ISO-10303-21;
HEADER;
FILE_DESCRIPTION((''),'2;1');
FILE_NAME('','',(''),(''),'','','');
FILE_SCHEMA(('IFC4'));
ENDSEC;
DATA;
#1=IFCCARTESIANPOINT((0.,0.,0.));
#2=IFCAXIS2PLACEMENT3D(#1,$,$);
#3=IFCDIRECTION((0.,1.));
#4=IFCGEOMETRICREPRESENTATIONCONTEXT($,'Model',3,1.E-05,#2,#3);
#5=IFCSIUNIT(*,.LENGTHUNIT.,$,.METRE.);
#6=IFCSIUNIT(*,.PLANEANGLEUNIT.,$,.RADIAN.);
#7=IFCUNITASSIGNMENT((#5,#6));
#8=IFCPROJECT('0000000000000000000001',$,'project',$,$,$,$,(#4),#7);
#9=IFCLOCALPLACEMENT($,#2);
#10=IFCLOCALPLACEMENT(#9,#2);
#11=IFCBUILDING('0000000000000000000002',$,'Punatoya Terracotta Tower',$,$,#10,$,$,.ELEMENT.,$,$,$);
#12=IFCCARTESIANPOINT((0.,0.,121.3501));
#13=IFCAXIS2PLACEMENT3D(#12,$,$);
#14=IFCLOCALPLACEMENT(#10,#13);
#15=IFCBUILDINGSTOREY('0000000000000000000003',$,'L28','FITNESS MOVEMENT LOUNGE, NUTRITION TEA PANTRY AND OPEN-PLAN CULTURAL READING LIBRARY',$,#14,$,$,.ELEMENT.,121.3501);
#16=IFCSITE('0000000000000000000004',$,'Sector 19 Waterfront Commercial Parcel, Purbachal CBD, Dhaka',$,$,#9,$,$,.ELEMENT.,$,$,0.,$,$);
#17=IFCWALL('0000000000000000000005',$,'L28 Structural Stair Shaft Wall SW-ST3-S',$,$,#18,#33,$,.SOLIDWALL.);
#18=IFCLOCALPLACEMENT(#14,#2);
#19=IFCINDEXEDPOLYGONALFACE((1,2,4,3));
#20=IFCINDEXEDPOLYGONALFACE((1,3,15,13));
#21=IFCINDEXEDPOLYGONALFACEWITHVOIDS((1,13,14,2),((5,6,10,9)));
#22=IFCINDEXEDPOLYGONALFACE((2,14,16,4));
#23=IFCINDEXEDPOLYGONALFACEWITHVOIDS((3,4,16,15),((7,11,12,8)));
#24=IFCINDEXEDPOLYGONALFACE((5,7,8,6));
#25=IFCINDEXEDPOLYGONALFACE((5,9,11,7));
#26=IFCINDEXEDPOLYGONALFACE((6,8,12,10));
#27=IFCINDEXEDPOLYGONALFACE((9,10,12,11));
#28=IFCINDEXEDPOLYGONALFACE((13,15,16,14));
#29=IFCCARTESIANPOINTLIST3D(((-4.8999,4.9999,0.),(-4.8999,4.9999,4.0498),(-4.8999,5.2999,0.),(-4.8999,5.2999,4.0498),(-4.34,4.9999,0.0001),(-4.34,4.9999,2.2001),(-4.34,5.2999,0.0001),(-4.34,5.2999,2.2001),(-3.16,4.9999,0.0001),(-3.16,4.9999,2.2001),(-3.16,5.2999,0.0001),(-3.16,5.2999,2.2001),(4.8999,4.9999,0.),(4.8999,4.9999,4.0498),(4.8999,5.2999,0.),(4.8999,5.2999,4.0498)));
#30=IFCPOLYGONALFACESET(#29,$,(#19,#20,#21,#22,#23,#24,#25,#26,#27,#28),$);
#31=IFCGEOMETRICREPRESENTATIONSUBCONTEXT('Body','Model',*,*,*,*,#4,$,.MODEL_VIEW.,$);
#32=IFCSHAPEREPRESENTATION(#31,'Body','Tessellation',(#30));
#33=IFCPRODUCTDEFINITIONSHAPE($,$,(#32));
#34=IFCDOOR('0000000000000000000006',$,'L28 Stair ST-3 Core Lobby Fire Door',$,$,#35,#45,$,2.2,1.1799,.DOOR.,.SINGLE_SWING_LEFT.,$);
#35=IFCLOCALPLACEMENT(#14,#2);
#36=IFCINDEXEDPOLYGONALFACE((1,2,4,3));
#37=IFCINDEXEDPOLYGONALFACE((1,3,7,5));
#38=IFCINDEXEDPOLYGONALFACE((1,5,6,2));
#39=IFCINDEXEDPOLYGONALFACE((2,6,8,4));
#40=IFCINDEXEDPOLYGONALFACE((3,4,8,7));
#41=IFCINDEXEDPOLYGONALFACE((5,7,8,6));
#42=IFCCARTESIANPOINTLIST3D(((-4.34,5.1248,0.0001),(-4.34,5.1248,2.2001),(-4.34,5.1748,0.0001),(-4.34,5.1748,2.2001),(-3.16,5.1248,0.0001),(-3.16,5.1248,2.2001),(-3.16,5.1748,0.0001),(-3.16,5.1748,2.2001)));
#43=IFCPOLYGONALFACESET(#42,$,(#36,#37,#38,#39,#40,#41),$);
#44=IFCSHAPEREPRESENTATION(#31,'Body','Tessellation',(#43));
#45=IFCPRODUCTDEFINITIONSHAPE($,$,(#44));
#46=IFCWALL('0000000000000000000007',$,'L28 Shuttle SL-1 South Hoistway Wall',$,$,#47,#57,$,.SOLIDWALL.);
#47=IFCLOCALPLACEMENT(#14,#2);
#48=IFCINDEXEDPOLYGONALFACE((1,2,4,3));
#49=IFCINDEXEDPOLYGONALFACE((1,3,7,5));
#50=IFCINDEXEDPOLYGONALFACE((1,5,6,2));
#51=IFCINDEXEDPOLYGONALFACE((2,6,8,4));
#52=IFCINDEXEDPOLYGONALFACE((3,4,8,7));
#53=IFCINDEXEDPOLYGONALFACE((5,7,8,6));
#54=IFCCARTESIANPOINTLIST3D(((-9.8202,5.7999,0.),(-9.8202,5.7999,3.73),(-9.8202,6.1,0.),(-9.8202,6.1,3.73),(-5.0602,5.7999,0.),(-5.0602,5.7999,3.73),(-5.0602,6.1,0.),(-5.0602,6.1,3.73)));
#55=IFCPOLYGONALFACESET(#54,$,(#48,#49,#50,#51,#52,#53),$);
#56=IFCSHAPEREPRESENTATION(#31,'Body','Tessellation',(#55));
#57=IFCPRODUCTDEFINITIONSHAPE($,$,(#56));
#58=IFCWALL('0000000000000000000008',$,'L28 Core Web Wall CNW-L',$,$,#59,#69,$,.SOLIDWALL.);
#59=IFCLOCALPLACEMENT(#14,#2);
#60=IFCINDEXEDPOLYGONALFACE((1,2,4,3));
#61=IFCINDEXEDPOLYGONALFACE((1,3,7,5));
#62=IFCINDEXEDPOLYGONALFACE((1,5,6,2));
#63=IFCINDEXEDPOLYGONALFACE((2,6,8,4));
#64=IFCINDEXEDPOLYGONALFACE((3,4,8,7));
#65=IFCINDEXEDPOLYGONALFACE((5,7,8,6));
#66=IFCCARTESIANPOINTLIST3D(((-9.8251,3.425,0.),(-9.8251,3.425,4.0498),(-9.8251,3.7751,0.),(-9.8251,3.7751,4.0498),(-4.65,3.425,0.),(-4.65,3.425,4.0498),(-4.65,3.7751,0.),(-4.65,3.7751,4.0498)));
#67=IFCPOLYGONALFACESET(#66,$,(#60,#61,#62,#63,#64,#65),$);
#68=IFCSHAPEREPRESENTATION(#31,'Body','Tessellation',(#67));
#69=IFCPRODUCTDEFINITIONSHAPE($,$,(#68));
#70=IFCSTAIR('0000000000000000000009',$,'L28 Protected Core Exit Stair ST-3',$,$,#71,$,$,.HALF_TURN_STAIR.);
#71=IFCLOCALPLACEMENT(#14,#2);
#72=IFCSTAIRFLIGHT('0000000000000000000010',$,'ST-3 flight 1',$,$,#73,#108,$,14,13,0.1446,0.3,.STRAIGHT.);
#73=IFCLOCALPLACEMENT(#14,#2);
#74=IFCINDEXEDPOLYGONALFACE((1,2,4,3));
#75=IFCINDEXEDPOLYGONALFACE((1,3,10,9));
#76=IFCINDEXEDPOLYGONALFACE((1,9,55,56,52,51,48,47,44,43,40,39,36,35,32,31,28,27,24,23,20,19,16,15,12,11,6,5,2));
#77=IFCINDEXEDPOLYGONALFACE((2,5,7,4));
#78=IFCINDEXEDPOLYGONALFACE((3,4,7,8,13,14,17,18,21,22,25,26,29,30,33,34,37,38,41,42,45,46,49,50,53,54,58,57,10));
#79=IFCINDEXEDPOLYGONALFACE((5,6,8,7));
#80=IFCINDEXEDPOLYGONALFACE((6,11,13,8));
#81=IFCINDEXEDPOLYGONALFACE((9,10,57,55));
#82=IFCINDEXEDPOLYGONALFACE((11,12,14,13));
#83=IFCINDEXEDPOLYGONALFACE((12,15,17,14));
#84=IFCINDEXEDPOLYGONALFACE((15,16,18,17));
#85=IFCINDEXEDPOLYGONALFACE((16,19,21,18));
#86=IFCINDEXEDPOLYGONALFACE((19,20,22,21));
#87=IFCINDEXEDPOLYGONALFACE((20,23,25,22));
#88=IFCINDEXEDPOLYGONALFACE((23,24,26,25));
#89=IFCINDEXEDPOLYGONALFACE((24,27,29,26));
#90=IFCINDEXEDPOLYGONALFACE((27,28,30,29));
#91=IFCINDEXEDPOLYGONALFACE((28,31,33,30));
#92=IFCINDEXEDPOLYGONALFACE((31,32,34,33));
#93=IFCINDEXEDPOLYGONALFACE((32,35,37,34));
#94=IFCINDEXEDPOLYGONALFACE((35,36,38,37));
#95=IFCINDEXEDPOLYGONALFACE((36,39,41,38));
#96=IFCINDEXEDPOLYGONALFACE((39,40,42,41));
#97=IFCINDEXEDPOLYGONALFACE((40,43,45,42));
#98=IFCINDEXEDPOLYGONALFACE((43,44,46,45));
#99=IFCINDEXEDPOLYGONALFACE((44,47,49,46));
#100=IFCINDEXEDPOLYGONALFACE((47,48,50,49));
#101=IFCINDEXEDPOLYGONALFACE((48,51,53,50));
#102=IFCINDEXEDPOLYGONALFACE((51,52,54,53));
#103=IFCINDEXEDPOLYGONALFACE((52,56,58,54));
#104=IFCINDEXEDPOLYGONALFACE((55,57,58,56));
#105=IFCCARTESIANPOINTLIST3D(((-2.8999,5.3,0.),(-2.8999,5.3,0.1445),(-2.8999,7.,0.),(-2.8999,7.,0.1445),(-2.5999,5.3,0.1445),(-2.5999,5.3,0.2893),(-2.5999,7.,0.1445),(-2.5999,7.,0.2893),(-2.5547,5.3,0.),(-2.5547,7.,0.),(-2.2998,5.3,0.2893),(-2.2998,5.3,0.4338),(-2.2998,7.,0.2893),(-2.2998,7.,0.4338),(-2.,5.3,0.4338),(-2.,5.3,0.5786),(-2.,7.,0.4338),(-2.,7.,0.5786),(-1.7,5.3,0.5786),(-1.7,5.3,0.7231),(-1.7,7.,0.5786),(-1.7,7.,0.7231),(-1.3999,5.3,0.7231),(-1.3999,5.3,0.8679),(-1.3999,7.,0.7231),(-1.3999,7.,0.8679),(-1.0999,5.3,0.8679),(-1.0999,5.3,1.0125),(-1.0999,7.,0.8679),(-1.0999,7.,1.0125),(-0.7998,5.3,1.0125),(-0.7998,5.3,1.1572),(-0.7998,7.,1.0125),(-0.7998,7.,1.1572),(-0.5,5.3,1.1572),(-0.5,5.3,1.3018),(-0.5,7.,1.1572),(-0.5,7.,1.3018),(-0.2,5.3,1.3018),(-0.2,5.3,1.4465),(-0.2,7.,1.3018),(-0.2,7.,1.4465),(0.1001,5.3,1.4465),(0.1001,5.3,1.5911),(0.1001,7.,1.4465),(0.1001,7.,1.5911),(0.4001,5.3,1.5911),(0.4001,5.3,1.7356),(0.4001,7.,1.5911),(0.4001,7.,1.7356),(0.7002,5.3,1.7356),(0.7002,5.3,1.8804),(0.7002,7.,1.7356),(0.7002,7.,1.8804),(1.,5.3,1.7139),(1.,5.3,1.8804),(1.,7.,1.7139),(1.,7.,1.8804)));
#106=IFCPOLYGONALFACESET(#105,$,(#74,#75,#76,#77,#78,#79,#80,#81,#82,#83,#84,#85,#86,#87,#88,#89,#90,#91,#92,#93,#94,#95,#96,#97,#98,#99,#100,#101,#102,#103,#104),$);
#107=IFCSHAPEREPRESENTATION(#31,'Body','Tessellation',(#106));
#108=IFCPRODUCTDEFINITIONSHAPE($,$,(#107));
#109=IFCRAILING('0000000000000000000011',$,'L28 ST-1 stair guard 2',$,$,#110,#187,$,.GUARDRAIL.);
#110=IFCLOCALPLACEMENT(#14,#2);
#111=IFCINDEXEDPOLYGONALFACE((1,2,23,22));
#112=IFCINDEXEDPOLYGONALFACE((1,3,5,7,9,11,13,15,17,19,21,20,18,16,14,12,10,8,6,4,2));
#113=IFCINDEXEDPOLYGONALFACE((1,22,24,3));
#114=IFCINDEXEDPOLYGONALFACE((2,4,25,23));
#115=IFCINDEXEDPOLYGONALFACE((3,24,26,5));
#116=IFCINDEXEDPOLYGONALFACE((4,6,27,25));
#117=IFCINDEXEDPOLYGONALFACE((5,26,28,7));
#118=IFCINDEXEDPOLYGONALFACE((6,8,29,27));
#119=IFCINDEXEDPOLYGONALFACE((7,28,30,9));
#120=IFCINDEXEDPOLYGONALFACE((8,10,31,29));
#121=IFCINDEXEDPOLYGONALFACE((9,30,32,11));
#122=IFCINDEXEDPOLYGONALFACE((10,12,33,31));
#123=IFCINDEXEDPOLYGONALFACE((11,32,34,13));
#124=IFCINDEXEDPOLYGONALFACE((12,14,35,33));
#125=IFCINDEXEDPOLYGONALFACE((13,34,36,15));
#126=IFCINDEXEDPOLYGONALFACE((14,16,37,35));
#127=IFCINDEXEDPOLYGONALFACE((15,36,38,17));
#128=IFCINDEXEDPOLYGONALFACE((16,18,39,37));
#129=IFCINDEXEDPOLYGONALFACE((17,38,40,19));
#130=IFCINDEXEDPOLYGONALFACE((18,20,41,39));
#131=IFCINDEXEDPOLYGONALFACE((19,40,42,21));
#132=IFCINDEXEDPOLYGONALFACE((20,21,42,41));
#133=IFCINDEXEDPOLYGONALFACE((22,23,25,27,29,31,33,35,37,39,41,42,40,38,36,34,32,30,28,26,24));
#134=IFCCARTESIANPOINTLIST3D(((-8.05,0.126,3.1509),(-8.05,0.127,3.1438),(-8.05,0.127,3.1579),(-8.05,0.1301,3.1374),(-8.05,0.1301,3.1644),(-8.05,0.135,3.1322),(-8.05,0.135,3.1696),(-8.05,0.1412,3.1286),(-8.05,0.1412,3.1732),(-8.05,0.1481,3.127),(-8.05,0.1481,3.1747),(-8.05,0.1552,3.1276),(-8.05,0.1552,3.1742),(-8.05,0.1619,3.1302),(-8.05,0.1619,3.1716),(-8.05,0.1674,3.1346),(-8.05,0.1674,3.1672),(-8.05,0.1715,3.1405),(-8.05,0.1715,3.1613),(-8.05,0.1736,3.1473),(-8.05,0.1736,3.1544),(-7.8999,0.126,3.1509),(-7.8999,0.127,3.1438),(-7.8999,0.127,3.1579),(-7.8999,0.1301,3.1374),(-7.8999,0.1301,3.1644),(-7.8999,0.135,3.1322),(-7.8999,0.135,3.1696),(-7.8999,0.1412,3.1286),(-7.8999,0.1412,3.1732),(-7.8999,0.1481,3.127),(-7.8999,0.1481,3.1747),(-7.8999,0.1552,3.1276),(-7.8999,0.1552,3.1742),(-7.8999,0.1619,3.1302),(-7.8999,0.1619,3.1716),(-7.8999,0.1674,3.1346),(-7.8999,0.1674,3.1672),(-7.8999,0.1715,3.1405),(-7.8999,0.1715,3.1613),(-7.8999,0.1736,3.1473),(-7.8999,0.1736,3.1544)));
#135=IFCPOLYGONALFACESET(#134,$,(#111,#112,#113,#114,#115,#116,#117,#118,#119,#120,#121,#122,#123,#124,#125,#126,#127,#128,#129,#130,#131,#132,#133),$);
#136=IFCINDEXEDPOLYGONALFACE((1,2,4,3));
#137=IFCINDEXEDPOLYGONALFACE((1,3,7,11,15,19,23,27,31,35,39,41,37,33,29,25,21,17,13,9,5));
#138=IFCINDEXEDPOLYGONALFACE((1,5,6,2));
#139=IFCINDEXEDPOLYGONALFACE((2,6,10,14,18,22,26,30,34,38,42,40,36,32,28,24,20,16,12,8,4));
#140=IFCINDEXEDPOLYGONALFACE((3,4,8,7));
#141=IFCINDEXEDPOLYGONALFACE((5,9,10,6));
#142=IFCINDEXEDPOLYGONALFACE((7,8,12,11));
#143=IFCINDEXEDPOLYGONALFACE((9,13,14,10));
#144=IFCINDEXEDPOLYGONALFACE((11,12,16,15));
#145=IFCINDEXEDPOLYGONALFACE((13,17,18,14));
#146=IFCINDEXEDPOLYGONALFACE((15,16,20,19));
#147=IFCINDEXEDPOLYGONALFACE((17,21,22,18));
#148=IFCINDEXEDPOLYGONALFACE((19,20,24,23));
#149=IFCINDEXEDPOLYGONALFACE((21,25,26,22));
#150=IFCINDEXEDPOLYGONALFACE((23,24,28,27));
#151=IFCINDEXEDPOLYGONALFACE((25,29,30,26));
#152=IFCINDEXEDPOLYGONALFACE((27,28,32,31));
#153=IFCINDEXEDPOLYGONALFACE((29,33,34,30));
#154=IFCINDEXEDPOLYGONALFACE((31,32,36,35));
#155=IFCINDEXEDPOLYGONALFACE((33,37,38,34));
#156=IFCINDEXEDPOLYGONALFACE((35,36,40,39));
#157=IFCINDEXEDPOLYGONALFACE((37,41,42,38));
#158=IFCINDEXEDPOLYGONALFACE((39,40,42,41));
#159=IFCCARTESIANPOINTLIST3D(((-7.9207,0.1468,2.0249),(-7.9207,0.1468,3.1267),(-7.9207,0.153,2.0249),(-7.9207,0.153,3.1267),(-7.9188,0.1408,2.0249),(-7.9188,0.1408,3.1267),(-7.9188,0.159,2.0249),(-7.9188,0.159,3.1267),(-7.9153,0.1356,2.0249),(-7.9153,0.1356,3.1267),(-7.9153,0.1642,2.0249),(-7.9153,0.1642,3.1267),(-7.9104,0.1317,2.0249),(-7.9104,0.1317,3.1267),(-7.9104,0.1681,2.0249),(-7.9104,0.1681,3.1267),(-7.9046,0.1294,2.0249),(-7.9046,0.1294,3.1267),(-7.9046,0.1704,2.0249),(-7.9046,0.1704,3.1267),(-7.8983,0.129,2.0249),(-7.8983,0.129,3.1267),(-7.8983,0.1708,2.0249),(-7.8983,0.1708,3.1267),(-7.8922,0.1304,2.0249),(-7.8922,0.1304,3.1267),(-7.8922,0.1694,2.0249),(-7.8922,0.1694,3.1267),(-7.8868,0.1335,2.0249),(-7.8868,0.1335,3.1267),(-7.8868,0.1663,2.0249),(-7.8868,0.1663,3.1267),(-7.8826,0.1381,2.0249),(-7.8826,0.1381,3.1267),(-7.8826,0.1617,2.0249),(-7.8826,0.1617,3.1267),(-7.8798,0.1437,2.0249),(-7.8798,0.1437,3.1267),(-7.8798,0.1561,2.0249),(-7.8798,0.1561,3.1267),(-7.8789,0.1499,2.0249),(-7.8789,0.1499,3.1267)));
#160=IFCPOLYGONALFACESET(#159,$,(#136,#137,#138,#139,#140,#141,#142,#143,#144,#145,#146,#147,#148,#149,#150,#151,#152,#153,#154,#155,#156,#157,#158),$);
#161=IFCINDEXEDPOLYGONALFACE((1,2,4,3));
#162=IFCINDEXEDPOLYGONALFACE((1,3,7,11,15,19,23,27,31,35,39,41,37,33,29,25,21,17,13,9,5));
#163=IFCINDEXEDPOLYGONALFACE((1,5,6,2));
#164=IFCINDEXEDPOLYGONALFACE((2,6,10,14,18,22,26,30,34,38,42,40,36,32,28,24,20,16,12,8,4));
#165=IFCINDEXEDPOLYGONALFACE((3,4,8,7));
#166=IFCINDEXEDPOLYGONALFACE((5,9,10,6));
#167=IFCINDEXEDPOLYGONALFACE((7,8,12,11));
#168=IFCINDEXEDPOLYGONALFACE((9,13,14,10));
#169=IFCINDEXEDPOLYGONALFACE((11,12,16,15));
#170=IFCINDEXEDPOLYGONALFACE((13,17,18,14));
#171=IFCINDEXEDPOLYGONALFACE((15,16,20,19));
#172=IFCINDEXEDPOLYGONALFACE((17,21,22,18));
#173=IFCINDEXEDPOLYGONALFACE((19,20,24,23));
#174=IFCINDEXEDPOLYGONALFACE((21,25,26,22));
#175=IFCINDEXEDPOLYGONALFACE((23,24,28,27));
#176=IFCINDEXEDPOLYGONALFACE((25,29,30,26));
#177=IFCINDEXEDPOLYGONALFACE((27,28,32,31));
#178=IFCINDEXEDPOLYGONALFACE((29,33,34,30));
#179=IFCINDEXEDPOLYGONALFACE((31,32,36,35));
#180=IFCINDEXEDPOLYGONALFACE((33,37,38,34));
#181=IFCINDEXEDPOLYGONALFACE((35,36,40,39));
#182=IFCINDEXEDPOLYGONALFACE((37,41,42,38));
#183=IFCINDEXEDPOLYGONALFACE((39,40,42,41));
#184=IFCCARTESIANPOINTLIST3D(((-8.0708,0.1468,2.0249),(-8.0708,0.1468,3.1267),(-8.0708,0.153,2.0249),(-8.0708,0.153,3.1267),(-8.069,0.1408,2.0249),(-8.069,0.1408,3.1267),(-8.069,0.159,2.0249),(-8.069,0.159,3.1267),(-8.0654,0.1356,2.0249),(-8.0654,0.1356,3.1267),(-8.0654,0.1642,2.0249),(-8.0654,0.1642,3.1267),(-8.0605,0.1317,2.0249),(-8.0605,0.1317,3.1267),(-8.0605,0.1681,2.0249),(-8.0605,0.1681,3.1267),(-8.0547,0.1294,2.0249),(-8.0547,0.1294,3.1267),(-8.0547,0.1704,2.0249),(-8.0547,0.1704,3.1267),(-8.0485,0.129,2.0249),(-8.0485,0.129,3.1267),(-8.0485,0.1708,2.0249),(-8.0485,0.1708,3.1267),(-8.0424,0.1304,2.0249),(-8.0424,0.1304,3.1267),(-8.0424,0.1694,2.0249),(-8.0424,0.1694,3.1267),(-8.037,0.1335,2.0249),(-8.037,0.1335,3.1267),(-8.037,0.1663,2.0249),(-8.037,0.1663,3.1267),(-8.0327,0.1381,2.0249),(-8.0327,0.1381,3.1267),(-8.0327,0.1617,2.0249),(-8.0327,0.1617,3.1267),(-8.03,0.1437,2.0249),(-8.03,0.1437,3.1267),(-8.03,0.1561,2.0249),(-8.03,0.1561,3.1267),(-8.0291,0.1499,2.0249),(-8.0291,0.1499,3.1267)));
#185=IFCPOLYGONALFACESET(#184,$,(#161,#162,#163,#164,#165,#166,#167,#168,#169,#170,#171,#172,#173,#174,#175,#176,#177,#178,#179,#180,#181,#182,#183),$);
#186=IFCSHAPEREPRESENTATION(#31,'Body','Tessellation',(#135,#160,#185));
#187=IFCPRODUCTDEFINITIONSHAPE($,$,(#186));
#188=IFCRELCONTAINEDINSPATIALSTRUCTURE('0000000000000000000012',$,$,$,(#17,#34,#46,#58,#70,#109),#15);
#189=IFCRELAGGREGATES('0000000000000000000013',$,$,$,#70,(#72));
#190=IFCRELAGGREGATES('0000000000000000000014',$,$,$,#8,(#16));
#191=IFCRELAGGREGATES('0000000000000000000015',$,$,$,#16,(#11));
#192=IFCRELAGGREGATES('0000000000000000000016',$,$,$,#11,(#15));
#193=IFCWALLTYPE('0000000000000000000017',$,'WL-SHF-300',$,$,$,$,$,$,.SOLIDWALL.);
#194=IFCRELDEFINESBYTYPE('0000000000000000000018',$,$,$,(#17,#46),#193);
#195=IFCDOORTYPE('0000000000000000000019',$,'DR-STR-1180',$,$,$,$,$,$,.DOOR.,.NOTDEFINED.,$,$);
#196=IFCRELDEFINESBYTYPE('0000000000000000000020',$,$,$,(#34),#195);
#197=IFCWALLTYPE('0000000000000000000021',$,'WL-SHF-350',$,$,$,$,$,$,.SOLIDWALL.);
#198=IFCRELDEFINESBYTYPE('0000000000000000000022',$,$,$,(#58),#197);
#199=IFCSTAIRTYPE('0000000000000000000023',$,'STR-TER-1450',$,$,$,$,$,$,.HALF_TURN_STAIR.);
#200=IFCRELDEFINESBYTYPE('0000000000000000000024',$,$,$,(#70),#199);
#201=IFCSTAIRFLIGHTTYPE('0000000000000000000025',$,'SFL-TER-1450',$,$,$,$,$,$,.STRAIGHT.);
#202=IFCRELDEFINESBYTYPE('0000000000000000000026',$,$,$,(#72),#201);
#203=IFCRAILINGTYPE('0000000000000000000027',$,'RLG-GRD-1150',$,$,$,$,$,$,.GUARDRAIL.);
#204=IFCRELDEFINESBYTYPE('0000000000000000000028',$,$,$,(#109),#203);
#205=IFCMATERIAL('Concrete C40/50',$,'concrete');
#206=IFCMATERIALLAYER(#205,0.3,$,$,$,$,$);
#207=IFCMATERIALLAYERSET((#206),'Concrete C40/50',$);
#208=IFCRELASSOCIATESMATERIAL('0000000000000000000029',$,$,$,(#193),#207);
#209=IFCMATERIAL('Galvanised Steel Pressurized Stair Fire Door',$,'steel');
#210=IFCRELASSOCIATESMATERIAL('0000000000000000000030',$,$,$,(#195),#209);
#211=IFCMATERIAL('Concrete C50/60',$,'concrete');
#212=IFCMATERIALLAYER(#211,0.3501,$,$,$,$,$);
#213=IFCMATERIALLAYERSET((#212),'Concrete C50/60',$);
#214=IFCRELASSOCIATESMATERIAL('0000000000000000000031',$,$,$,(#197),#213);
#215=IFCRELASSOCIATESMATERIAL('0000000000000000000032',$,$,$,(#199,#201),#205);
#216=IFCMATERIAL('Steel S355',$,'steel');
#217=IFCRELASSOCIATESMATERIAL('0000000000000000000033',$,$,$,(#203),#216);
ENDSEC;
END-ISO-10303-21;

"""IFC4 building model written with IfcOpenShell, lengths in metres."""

from ifc_helpers import new_model, si_unit, direction, frame, frame_2d, origin, origin_2d, place, context, subcontext, project, spatial, polyline, rectangle, circle, outline, extrude, material, layer, layer_set, type_object, element, fill, aggregate, save


model = new_model("IFC4")

# Units and contexts
model_context = context("Model", 3, precision=1e-05, world=origin(), true_north=direction((0.0, 1.0)))
body_context = subcontext(model_context, "Body", "Model", "MODEL_VIEW")
ifc_project = project(units=[si_unit("LENGTHUNIT", "METRE"), si_unit("PLANEANGLEUNIT", "RADIAN")], contexts=[model_context])

# Site, building, storey
site_placement = place(None, origin())
site = spatial("IfcSite", under=ifc_project, at=site_placement, Name="Sector 19 Waterfront Commercial Parcel, Purbachal CBD, Dhaka", CompositionType="ELEMENT", RefElevation=0.0)
building_placement = place(site_placement, origin())
building = spatial("IfcBuilding", under=site, at=building_placement, Name="Punatoya Terracotta Tower", CompositionType="ELEMENT")
storey_placement = place(building_placement, frame((0.0, 0.0, 121.3501)))
storey = spatial("IfcBuildingStorey", under=building, at=storey_placement, Name="L28", Description="FITNESS MOVEMENT LOUNGE, NUTRITION TEA PANTRY AND OPEN-PLAN CULTURAL READING LIBRARY", CompositionType="ELEMENT", Elevation=121.3501)

# Shared definitions
ifc_material_1 = material(Name="Steel S355", Category="steel")

# Shared definitions
ifc_material_2 = material(Name="Concrete C40/50", Category="concrete")

# Shared definitions
ifc_layer_1 = layer(ifc_material_2, 0.3)
ifc_layer_set_1 = layer_set([ifc_layer_1], Name="Concrete C40/50")
wall_type_1 = type_object("IfcWallType", Name="WL-SHF-300", PredefinedType="SOLIDWALL", material=ifc_layer_set_1)

# Wall, opening, door
wall_1_placement = place(storey_placement, frame((-4.8999, 5.1499, 0.0), z_axis=(0.0, 0.0, 1.0), x_axis=(1.0, 0.0, 0.0)))
wall_1 = element("IfcWall", 1, at=wall_1_placement, inside=storey, type_object=wall_type_1, Name="L28 Structural Stair Shaft Wall SW-ST3-S", PredefinedType="SOLIDWALL", context=body_context, shape_type="SweptSolid", body=[
    extrude(rectangle(XDim=9.7998, YDim=0.3, at=frame_2d((4.8999, 0.0))), origin(), (0.0, 0.0, 1.0), 4.0498),
])
opening_1_placement = place(wall_1_placement, frame((0.5601, 0.0, 0.0)))
opening_1 = element("IfcOpeningElement", 2, at=opening_1_placement, cuts=wall_1, PredefinedType="OPENING", context=body_context, shape_type="SweptSolid", body=[
    extrude(rectangle(XDim=1.1799, YDim=2.2, at=frame_2d((0.5898, 1.1001))), frame((0.0, 0.1599, 0.0), z_axis=(0.0, -1.0, 0.0), x_axis=(1.0, 0.0, 0.0)), (0.0, 0.0, 1.0), 0.3201),
])
ifc_material_3 = material(Name="Galvanised Steel Pressurized Stair Fire Door", Category="steel")
door_type_1 = type_object("IfcDoorType", Name="DR-STR-1180", OperationType="NOTDEFINED", PredefinedType="DOOR", material=ifc_material_3)
door_1_placement = place(opening_1_placement, origin())
door_1 = element("IfcDoor", 3, at=door_1_placement, inside=storey, type_object=door_type_1, Name="L28 Stair ST-3 Core Lobby Fire Door", OperationType="SINGLE_SWING_LEFT", OverallHeight=2.2, OverallWidth=1.1799, PredefinedType="DOOR", context=body_context, shape_type="SweptSolid", body=[
    extrude(rectangle(XDim=1.1799, YDim=2.2, at=frame_2d((0.5898, 1.1001))), frame((0.0, 0.0249, 0.0), z_axis=(0.0, -1.0, 0.0), x_axis=(1.0, 0.0, 0.0)), (0.0, 0.0, 1.0), 0.05),
])
fill(opening_1, door_1)

# Walls
wall_2_placement = place(storey_placement, frame((-9.8201, 5.95, 0.0), z_axis=(0.0, 0.0, 1.0), x_axis=(1.0, 0.0, 0.0)))
element("IfcWall", 4, at=wall_2_placement, inside=storey, type_object=wall_type_1, Name="L28 Shuttle SL-1 South Hoistway Wall", PredefinedType="SOLIDWALL", context=body_context, shape_type="SweptSolid", body=[
    extrude(rectangle(XDim=4.76, YDim=0.3, at=frame_2d((2.3799, 0.0))), origin(), (0.0, 0.0, 1.0), 3.73),
])
ifc_material_4 = material(Name="Concrete C50/60", Category="concrete")
ifc_layer_2 = layer(ifc_material_4, 0.3501)
ifc_layer_set_2 = layer_set([ifc_layer_2], Name="Concrete C50/60")
wall_type_2 = type_object("IfcWallType", Name="WL-SHF-350", PredefinedType="SOLIDWALL", material=ifc_layer_set_2)
wall_3_placement = place(storey_placement, frame((-9.825, 3.6001, 0.0), z_axis=(0.0, 0.0, 1.0), x_axis=(1.0, 0.0, 0.0)))
element("IfcWall", 5, at=wall_3_placement, inside=storey, type_object=wall_type_2, Name="L28 Core Web Wall CNW-L", PredefinedType="SOLIDWALL", context=body_context, shape_type="SweptSolid", body=[
    extrude(rectangle(XDim=5.175, YDim=0.3501, at=frame_2d((2.5874, 0.0))), origin(), (0.0, 0.0, 1.0), 4.0498),
])

# Stair, stair flight
stair_type = type_object("IfcStairType", Name="STR-TER-1450", PredefinedType="HALF_TURN_STAIR", material=ifc_material_2)
stair_placement = place(storey_placement, origin())
stair = element("IfcStair", 6, at=stair_placement, inside=storey, type_object=stair_type, Name="L28 Protected Core Exit Stair ST-3", PredefinedType="HALF_TURN_STAIR")
stair_flight_type = type_object("IfcStairFlightType", Name="SFL-TER-1450", PredefinedType="STRAIGHT", material=ifc_material_2)
stair_flight_placement = place(storey_placement, frame((-2.8999, 6.1499, 0.0), z_axis=(0.0, 0.0, 1.0), x_axis=(1.0, 0.0, 0.0)))
stair_flight = element("IfcStairFlight", 7, at=stair_flight_placement, type_object=stair_flight_type, Name="ST-3 flight 1", NumberOfRisers=14, NumberOfTreads=13, PredefinedType="STRAIGHT", RiserHeight=0.1446, TreadLength=0.3, context=body_context, shape_type="SweptSolid", body=[
    extrude(outline(polyline([(0.0, 0.0), (0.0, 0.1445), (0.3, 0.1445), (0.3, 0.2893), (0.6001, 0.2893), (0.6001, 0.4338), (0.8999, 0.4338), (0.8999, 0.5786), (1.2, 0.5786), (1.2, 0.7231), (1.5, 0.7231), (1.5, 0.8679), (1.8, 0.8679), (1.8, 1.0125), (2.1001, 1.0125), (2.1001, 1.1572), (2.3999, 1.1572), (2.3999, 1.3018), (2.7, 1.3018), (2.7, 1.4465), (3.0, 1.4465), (3.0, 1.5911), (3.3, 1.5911), (3.3, 1.7356), (3.6001, 1.7356), (3.6001, 1.8804), (3.8999, 1.8804), (3.8999, 2.0249), (3.8999, 1.7139), (0.3452, 0.0), (0.0, 0.0)])), frame((0.0, 0.8501, 0.0), z_axis=(0.0, -1.0, 0.0), x_axis=(1.0, 0.0, 0.0)), (0.0, 0.0, 1.0), 1.7),
])
aggregate(stair, [stair_flight])

# Railing
railing_type_1 = type_object("IfcRailingType", Name="RLG-GRD-1150", PredefinedType="GUARDRAIL", material=ifc_material_1)
railing_1_placement = place(storey_placement, frame((-7.8999, 0.1499, 2.0249)))
element("IfcRailing", 8, at=railing_1_placement, inside=storey, type_object=railing_type_1, Name="L28 ST-1 stair guard 2", PredefinedType="GUARDRAIL", context=body_context, shape_type="SweptSolid", body=[
    extrude(circle(Radius=0.0239, at=origin_2d()), frame((0.0, 0.0, 1.126), z_axis=(-1.0, 0.0, 0.0), x_axis=(0.0, -1.0, 0.0)), (0.0, 0.0, 1.0), 0.1501),
    extrude(circle(Radius=0.021, at=origin_2d()), origin(), (0.0, 0.0, 1.0), 1.1018),
    extrude(circle(Radius=0.021, at=origin_2d()), frame((-0.1501, 0.0, 0.0)), (0.0, 0.0, 1.0), 1.1018),
])

save(model, "model.ifc")
